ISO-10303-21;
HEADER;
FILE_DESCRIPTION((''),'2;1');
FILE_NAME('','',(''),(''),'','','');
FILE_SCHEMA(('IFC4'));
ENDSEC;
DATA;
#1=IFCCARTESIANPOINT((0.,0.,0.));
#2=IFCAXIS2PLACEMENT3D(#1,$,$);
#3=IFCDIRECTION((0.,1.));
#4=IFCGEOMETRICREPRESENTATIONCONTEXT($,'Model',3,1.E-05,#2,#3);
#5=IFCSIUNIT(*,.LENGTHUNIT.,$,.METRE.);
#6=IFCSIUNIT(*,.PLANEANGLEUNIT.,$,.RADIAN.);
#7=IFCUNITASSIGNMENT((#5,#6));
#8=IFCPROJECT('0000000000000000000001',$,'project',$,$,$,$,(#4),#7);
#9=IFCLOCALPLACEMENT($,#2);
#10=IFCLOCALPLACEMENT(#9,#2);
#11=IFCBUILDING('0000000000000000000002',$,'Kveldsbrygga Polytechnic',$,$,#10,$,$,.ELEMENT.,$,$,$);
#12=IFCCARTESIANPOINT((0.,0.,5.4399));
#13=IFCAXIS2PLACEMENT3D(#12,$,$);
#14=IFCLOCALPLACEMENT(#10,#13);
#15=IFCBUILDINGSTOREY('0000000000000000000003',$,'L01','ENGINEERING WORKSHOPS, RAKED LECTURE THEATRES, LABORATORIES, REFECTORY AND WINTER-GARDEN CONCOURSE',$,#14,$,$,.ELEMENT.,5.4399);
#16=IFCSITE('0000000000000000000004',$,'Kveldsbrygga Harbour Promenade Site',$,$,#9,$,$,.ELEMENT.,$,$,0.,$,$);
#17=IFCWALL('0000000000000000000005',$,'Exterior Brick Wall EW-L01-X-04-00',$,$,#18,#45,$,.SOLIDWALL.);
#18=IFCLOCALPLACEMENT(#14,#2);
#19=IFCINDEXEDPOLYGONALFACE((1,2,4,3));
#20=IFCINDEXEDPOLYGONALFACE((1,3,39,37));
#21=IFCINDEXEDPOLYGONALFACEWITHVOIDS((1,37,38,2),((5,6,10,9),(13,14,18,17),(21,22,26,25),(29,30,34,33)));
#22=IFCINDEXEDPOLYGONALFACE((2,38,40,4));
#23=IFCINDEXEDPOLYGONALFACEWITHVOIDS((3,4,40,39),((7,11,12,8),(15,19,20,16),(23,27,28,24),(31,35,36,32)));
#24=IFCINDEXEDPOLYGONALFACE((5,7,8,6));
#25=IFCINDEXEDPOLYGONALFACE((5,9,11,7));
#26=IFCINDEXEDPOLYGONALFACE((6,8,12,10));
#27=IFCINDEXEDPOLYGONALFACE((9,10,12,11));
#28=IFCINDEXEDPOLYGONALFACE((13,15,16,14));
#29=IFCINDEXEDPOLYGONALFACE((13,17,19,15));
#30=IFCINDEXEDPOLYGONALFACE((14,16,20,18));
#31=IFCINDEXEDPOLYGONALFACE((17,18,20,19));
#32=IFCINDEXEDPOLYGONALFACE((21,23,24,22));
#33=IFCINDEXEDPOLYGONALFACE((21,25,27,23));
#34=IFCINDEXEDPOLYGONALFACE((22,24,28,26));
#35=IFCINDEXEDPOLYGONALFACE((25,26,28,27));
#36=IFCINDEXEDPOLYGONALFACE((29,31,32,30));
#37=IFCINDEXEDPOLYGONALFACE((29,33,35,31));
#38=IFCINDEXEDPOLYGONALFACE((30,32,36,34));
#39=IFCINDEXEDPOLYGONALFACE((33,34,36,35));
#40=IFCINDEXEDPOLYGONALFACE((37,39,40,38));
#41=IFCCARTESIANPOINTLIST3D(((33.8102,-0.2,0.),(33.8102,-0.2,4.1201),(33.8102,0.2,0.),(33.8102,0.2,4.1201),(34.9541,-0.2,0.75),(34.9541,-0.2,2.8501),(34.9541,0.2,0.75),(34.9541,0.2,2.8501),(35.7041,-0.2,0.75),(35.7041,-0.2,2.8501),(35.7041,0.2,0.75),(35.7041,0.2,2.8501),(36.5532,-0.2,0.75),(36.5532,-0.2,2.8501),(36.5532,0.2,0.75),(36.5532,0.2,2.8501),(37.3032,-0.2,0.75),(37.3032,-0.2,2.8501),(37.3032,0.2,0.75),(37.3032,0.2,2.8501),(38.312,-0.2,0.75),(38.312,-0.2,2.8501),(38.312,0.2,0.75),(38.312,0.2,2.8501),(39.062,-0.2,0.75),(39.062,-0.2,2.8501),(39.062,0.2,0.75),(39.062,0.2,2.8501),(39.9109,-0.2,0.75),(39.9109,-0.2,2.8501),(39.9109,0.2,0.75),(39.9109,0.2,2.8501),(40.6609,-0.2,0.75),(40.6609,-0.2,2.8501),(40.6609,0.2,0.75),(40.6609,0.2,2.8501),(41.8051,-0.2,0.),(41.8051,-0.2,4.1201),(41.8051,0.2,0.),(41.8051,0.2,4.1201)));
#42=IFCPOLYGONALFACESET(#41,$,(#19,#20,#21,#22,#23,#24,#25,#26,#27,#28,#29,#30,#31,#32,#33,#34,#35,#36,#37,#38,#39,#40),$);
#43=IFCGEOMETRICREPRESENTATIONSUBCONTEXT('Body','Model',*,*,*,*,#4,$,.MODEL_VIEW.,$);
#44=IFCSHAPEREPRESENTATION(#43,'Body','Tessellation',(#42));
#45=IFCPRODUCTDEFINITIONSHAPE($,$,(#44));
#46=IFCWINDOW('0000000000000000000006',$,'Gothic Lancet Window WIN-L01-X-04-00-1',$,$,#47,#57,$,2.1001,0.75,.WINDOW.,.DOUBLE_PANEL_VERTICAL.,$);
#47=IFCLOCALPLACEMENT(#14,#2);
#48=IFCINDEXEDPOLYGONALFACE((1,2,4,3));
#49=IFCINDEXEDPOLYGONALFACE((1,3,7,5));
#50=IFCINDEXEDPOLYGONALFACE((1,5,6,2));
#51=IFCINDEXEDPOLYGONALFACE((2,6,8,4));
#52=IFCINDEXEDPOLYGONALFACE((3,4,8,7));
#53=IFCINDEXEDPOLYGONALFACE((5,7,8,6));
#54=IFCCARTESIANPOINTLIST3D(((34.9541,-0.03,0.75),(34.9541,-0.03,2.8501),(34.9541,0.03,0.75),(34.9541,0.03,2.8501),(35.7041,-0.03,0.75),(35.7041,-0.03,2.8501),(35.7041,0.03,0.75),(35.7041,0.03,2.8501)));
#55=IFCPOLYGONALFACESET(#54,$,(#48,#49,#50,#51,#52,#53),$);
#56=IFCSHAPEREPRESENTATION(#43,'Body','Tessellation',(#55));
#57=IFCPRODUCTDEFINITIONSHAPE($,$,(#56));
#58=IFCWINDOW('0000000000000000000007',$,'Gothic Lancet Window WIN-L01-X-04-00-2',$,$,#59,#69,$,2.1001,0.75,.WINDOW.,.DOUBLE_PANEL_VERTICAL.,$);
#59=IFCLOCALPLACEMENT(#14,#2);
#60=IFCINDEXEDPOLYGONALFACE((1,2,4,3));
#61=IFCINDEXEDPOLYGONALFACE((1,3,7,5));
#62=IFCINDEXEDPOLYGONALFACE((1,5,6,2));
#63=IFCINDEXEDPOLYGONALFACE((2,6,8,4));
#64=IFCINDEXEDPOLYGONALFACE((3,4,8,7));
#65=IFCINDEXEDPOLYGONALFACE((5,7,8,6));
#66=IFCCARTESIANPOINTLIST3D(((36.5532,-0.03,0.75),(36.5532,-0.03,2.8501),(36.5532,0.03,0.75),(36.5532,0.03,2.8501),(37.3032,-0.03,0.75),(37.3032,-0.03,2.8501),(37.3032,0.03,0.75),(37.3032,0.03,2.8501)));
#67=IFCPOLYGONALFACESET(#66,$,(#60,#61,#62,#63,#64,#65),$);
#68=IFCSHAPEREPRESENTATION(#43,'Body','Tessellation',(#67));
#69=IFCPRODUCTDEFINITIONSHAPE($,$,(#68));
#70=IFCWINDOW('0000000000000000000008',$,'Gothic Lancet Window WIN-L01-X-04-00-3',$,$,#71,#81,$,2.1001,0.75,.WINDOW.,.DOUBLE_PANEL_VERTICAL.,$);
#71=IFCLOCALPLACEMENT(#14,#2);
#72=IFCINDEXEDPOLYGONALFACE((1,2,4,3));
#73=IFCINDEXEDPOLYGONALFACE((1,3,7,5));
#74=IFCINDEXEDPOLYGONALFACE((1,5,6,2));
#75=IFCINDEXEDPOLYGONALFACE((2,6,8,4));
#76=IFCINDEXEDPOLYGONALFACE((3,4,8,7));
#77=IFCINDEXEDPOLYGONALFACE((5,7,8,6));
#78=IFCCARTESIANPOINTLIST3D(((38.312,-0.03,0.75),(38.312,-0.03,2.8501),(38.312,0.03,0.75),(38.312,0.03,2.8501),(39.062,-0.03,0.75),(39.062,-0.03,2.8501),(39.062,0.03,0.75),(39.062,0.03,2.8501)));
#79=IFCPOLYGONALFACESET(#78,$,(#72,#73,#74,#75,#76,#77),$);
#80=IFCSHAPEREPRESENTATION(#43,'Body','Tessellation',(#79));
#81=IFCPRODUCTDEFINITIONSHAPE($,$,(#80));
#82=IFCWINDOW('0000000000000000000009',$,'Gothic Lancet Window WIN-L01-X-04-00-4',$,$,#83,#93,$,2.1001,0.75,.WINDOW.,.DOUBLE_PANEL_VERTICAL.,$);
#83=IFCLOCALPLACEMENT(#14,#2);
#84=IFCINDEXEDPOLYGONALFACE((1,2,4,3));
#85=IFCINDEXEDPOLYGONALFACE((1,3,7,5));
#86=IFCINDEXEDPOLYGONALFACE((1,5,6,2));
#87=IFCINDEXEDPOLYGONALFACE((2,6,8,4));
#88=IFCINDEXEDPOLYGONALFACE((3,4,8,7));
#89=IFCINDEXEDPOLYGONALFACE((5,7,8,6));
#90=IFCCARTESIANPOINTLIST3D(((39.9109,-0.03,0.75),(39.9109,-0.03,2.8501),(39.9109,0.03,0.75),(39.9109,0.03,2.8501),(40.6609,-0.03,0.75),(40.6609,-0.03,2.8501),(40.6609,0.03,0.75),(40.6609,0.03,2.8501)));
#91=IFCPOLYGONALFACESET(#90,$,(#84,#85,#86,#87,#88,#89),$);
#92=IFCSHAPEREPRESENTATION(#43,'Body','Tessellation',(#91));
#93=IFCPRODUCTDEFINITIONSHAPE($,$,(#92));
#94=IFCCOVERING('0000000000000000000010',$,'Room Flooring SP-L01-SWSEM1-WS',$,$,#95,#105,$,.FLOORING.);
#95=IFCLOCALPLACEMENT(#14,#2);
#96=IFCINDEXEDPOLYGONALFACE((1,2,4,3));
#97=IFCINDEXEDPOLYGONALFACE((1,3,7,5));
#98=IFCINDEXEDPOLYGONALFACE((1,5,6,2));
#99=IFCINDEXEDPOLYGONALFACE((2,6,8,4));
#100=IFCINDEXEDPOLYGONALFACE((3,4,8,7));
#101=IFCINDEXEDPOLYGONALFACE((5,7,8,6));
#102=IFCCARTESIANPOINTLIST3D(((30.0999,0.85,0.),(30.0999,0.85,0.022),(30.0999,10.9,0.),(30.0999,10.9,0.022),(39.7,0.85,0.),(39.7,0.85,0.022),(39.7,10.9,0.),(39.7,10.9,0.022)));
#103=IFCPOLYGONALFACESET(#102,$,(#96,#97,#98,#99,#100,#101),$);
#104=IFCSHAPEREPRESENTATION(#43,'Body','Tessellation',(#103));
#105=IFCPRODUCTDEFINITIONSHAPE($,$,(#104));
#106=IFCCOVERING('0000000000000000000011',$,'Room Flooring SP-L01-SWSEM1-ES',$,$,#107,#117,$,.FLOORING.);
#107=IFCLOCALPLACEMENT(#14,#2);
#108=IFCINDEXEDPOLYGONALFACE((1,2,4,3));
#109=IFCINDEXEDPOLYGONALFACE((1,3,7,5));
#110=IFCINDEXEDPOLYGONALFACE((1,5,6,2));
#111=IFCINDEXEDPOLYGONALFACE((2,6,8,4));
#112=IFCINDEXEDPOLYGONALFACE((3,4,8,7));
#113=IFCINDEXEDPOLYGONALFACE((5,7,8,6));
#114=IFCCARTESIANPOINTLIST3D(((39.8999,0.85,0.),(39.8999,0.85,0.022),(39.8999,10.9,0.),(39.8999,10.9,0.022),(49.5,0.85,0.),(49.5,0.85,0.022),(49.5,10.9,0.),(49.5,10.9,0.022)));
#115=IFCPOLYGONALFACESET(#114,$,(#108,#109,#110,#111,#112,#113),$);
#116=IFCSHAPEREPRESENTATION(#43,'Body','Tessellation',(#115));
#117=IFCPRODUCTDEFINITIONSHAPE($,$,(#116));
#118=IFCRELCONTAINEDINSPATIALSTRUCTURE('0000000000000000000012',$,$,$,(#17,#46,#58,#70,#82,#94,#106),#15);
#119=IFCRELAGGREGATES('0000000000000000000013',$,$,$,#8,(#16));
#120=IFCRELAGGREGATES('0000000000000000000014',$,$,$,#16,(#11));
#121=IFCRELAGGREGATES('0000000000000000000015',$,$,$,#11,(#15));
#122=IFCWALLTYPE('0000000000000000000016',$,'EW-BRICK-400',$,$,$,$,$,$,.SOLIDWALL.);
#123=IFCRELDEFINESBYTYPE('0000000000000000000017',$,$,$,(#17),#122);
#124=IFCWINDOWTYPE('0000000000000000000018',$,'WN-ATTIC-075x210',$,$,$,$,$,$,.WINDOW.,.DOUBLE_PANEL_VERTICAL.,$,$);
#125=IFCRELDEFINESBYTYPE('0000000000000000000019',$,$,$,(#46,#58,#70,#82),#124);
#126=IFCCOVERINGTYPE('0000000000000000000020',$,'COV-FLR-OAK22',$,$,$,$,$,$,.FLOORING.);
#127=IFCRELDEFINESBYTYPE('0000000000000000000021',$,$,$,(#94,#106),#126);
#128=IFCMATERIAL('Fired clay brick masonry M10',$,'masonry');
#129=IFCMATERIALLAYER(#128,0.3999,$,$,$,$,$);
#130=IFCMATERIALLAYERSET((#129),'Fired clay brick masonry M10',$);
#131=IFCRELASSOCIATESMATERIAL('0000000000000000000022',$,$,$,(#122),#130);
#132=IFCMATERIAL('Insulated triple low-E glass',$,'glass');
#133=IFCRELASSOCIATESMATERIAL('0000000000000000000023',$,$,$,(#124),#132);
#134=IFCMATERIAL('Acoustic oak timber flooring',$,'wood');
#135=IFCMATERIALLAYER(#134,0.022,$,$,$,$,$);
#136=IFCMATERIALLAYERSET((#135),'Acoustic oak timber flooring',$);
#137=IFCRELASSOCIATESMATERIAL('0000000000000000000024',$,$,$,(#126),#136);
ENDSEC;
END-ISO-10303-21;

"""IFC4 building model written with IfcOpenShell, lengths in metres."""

from ifc_helpers import new_model, si_unit, direction, frame, frame_2d, origin, origin_2d, place, context, subcontext, project, spatial, rectangle, extrude, material, layer, layer_set, type_object, element, fill, save


model = new_model("IFC4")

# Units and contexts
model_context = context("Model", 3, precision=1e-05, world=origin(), true_north=direction((0.0, 1.0)))
body_context = subcontext(model_context, "Body", "Model", "MODEL_VIEW")
ifc_project = project(units=[si_unit("LENGTHUNIT", "METRE"), si_unit("PLANEANGLEUNIT", "RADIAN")], contexts=[model_context])

# Site, building, storey
site_placement = place(None, origin())
site = spatial("IfcSite", under=ifc_project, at=site_placement, Name="Kveldsbrygga Harbour Promenade Site", CompositionType="ELEMENT", RefElevation=0.0)
building_placement = place(site_placement, origin())
building = spatial("IfcBuilding", under=site, at=building_placement, Name="Kveldsbrygga Polytechnic", CompositionType="ELEMENT")
storey_placement = place(building_placement, frame((0.0, 0.0, 5.4399)))
storey = spatial("IfcBuildingStorey", under=building, at=storey_placement, Name="L01", Description="ENGINEERING WORKSHOPS, RAKED LECTURE THEATRES, LABORATORIES, REFECTORY AND WINTER-GARDEN CONCOURSE", CompositionType="ELEMENT", Elevation=5.4399)

# Wall, openings, windows
ifc_material_1 = material(Name="Fired clay brick masonry M10", Category="masonry")
ifc_material_2 = material(Name="Insulated triple low-E glass", Category="glass")
ifc_layer_1 = layer(ifc_material_1, 0.3999)
ifc_layer_set_1 = layer_set([ifc_layer_1], Name="Fired clay brick masonry M10")
wall_type_1 = type_object("IfcWallType", Name="EW-BRICK-400", PredefinedType="SOLIDWALL", material=ifc_layer_set_1)
wall_1_placement = place(storey_placement, frame((33.8101, 0.0, 0.0), z_axis=(0.0, 0.0, 1.0), x_axis=(1.0, 0.0, 0.0)))
wall_1 = element("IfcWall", 1, at=wall_1_placement, inside=storey, type_object=wall_type_1, Name="Exterior Brick Wall EW-L01-X-04-00", PredefinedType="SOLIDWALL", context=body_context, shape_type="SweptSolid", body=[
    extrude(rectangle(XDim=7.9949, YDim=0.3999, at=frame_2d((3.9976, 0.0))), origin(), (0.0, 0.0, 1.0), 4.1201),
])
opening_1_placement = place(wall_1_placement, frame((1.144, 0.0, 0.75)))
opening_1 = element("IfcOpeningElement", 2, at=opening_1_placement, cuts=wall_1, PredefinedType="OPENING", context=body_context, shape_type="SweptSolid", body=[
    extrude(rectangle(XDim=0.75, YDim=2.1001, at=frame_2d((0.375, 1.05))), frame((0.0, 0.21, 0.0), z_axis=(0.0, -1.0, 0.0), x_axis=(1.0, 0.0, 0.0)), (0.0, 0.0, 1.0), 0.4199),
])
opening_2_placement = place(wall_1_placement, frame((2.7432, 0.0, 0.75)))
opening_2 = element("IfcOpeningElement", 3, at=opening_2_placement, cuts=wall_1, PredefinedType="OPENING", context=body_context, shape_type="SweptSolid", body=[
    extrude(rectangle(XDim=0.75, YDim=2.1001, at=frame_2d((0.375, 1.05))), frame((0.0, 0.21, 0.0), z_axis=(0.0, -1.0, 0.0), x_axis=(1.0, 0.0, 0.0)), (0.0, 0.0, 1.0), 0.4199),
])
opening_3_placement = place(wall_1_placement, frame((4.502, 0.0, 0.75)))
opening_3 = element("IfcOpeningElement", 4, at=opening_3_placement, cuts=wall_1, PredefinedType="OPENING", context=body_context, shape_type="SweptSolid", body=[
    extrude(rectangle(XDim=0.75, YDim=2.1001, at=frame_2d((0.375, 1.05))), frame((0.0, 0.21, 0.0), z_axis=(0.0, -1.0, 0.0), x_axis=(1.0, 0.0, 0.0)), (0.0, 0.0, 1.0), 0.4199),
])
opening_4_placement = place(wall_1_placement, frame((6.1008, 0.0, 0.75)))
opening_4 = element("IfcOpeningElement", 5, at=opening_4_placement, cuts=wall_1, PredefinedType="OPENING", context=body_context, shape_type="SweptSolid", body=[
    extrude(rectangle(XDim=0.75, YDim=2.1001, at=frame_2d((0.375, 1.05))), frame((0.0, 0.21, 0.0), z_axis=(0.0, -1.0, 0.0), x_axis=(1.0, 0.0, 0.0)), (0.0, 0.0, 1.0), 0.4199),
])
window_type_1 = type_object("IfcWindowType", Name="WN-ATTIC-075x210", PartitioningType="DOUBLE_PANEL_VERTICAL", PredefinedType="WINDOW", material=ifc_material_2)
window_1_placement = place(opening_1_placement, origin())
window_1 = element("IfcWindow", 6, at=window_1_placement, inside=storey, type_object=window_type_1, Name="Gothic Lancet Window WIN-L01-X-04-00-1", OverallHeight=2.1001, OverallWidth=0.75, PartitioningType="DOUBLE_PANEL_VERTICAL", PredefinedType="WINDOW", context=body_context, shape_type="SweptSolid", body=[
    extrude(rectangle(XDim=0.75, YDim=2.1001, at=frame_2d((0.375, 1.05))), frame((0.0, 0.03, 0.0), z_axis=(0.0, -1.0, 0.0), x_axis=(1.0, 0.0, 0.0)), (0.0, 0.0, 1.0), 0.0601),
])
fill(opening_1, window_1)
window_2_placement = place(opening_2_placement, origin())
window_2 = element("IfcWindow", 7, at=window_2_placement, inside=storey, type_object=window_type_1, Name="Gothic Lancet Window WIN-L01-X-04-00-2", OverallHeight=2.1001, OverallWidth=0.75, PartitioningType="DOUBLE_PANEL_VERTICAL", PredefinedType="WINDOW", context=body_context, shape_type="SweptSolid", body=[
    extrude(rectangle(XDim=0.75, YDim=2.1001, at=frame_2d((0.375, 1.05))), frame((0.0, 0.03, 0.0), z_axis=(0.0, -1.0, 0.0), x_axis=(1.0, 0.0, 0.0)), (0.0, 0.0, 1.0), 0.0601),
])
fill(opening_2, window_2)
window_3_placement = place(opening_3_placement, origin())
window_3 = element("IfcWindow", 8, at=window_3_placement, inside=storey, type_object=window_type_1, Name="Gothic Lancet Window WIN-L01-X-04-00-3", OverallHeight=2.1001, OverallWidth=0.75, PartitioningType="DOUBLE_PANEL_VERTICAL", PredefinedType="WINDOW", context=body_context, shape_type="SweptSolid", body=[
    extrude(rectangle(XDim=0.75, YDim=2.1001, at=frame_2d((0.375, 1.05))), frame((0.0, 0.03, 0.0), z_axis=(0.0, -1.0, 0.0), x_axis=(1.0, 0.0, 0.0)), (0.0, 0.0, 1.0), 0.0601),
])
fill(opening_3, window_3)
window_4_placement = place(opening_4_placement, origin())
window_4 = element("IfcWindow", 9, at=window_4_placement, inside=storey, type_object=window_type_1, Name="Gothic Lancet Window WIN-L01-X-04-00-4", OverallHeight=2.1001, OverallWidth=0.75, PartitioningType="DOUBLE_PANEL_VERTICAL", PredefinedType="WINDOW", context=body_context, shape_type="SweptSolid", body=[
    extrude(rectangle(XDim=0.75, YDim=2.1001, at=frame_2d((0.375, 1.05))), frame((0.0, 0.03, 0.0), z_axis=(0.0, -1.0, 0.0), x_axis=(1.0, 0.0, 0.0)), (0.0, 0.0, 1.0), 0.0601),
])
fill(opening_4, window_4)

# Coverings
ifc_material_3 = material(Name="Acoustic oak timber flooring", Category="wood")
ifc_layer_2 = layer(ifc_material_3, 0.022)
ifc_layer_set_2 = layer_set([ifc_layer_2], Name="Acoustic oak timber flooring")
covering_type = type_object("IfcCoveringType", Name="COV-FLR-OAK22", PredefinedType="FLOORING", material=ifc_layer_set_2)
for number, where, z_axis, x_axis, name in (
    (10, (34.8999, 5.875, 0.0), (0.0, 0.0, 1.0), (1.0, 0.0, 0.0), "Room Flooring SP-L01-SWSEM1-WS"),
    (11, (44.7, 5.875, 0.0), (0.0, 0.0, 1.0), (1.0, 0.0, 0.0), "Room Flooring SP-L01-SWSEM1-ES"),
):
    element("IfcCovering", number, at=place(storey_placement, frame(where, z_axis=z_axis, x_axis=x_axis)), inside=storey, type_object=covering_type, Name=name, PredefinedType="FLOORING", context=body_context, shape_type="SweptSolid", body=[
        extrude(rectangle(XDim=9.6001, YDim=10.05, at=origin_2d()), origin(), (0.0, 0.0, 1.0), 0.022),
    ])

save(model, "model.ifc")
